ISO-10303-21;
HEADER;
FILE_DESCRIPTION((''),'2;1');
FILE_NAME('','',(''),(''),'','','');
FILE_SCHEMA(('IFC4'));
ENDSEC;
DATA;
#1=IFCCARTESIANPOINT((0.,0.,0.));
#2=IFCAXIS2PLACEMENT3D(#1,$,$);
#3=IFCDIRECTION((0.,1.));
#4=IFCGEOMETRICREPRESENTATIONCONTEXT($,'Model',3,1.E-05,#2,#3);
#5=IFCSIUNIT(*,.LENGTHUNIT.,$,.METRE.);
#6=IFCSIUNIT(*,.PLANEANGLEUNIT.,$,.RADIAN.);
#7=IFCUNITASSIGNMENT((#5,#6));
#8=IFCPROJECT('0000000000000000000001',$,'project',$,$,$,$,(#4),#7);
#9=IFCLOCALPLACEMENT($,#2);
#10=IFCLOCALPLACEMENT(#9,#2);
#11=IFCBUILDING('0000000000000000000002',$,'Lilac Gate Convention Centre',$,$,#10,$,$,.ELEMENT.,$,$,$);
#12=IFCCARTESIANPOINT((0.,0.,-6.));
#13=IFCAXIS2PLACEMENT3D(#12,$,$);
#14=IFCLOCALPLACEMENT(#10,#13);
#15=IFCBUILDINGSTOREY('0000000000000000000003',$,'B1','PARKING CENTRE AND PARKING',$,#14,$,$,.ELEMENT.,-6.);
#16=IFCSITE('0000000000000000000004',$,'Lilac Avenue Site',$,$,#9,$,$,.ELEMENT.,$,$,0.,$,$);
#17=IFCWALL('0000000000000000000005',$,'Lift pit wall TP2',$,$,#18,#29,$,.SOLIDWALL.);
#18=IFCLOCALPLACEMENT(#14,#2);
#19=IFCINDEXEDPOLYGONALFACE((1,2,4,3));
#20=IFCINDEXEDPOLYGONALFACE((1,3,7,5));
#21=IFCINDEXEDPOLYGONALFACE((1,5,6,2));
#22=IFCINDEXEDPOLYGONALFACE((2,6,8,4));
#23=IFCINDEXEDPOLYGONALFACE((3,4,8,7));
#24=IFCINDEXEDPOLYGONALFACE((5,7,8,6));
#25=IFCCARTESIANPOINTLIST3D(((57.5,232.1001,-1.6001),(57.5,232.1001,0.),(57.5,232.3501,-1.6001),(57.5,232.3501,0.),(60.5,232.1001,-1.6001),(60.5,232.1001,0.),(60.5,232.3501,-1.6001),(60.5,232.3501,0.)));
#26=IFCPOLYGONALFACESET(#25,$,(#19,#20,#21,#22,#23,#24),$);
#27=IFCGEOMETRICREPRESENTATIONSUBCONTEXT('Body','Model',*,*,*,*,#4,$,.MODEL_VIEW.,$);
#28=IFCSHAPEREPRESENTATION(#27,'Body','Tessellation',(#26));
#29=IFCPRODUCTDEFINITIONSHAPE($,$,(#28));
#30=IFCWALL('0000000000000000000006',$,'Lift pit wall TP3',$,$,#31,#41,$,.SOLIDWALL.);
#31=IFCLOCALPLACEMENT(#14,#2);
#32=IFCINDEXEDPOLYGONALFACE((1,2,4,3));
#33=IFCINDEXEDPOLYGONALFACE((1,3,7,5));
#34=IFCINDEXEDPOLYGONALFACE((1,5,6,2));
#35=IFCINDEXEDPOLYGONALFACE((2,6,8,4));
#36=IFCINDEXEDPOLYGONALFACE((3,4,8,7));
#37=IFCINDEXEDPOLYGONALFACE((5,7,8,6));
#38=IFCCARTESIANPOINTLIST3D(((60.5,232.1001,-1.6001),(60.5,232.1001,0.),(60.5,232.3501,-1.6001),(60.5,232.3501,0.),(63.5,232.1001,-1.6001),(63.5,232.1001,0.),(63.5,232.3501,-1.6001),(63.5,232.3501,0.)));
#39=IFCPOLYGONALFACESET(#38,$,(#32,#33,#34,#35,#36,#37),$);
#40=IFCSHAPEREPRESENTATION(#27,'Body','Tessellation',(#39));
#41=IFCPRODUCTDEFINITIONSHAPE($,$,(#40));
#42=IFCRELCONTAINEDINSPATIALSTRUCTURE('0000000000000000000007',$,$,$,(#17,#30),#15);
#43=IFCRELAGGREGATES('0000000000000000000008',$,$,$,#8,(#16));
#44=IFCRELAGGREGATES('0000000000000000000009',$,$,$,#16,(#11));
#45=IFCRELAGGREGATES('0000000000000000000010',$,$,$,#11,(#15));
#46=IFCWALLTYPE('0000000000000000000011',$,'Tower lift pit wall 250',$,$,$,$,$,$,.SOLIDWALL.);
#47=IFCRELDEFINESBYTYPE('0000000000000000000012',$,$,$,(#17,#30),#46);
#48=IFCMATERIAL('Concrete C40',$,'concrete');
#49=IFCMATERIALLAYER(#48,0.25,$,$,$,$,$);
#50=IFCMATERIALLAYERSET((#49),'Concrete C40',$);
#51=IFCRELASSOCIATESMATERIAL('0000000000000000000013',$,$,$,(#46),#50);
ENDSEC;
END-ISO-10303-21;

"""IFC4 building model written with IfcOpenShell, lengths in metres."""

from ifc_helpers import new_model, si_unit, direction, frame, frame_2d, origin, place, context, subcontext, project, spatial, rectangle, extrude, material, layer, layer_set, type_object, element, save


model = new_model("IFC4")

# Units and contexts
model_context = context("Model", 3, precision=1e-05, world=origin(), true_north=direction((0.0, 1.0)))
body_context = subcontext(model_context, "Body", "Model", "MODEL_VIEW")
ifc_project = project(units=[si_unit("LENGTHUNIT", "METRE"), si_unit("PLANEANGLEUNIT", "RADIAN")], contexts=[model_context])

# Site, building, storey
site_placement = place(None, origin())
site = spatial("IfcSite", under=ifc_project, at=site_placement, Name="Lilac Avenue Site", CompositionType="ELEMENT", RefElevation=0.0)
building_placement = place(site_placement, origin())
building = spatial("IfcBuilding", under=site, at=building_placement, Name="Lilac Gate Convention Centre", CompositionType="ELEMENT")
storey_placement = place(building_placement, frame((0.0, 0.0, -6.0)))
storey = spatial("IfcBuildingStorey", under=building, at=storey_placement, Name="B1", Description="PARKING CENTRE AND PARKING", CompositionType="ELEMENT", Elevation=-6.0)

# Shared definitions
ifc_material_1 = material(Name="Concrete C40", Category="concrete")

# Walls
ifc_layer_1 = layer(ifc_material_1, 0.25)
ifc_layer_set_1 = layer_set([ifc_layer_1], Name="Concrete C40")
wall_type_1 = type_object("IfcWallType", Name="Tower lift pit wall 250", PredefinedType="SOLIDWALL", material=ifc_layer_set_1)
for number, where, z_axis, x_axis, name in (
    (1, (57.5, 232.2251, -1.6001), (0.0, 0.0, 1.0), (1.0, 0.0, 0.0), "Lift pit wall TP2"),
    (2, (60.5, 232.2251, -1.6001), (0.0, 0.0, 1.0), (1.0, 0.0, 0.0), "Lift pit wall TP3"),
):
    element("IfcWall", number, at=place(storey_placement, frame(where, z_axis=z_axis, x_axis=x_axis)), inside=storey, type_object=wall_type_1, Name=name, PredefinedType="SOLIDWALL", context=body_context, shape_type="SweptSolid", body=[
        extrude(rectangle(XDim=3.0, YDim=0.25, at=frame_2d((1.5, 0.0))), origin(), (0.0, 0.0, 1.0), 1.6001),
    ])

save(model, "model.ifc")
